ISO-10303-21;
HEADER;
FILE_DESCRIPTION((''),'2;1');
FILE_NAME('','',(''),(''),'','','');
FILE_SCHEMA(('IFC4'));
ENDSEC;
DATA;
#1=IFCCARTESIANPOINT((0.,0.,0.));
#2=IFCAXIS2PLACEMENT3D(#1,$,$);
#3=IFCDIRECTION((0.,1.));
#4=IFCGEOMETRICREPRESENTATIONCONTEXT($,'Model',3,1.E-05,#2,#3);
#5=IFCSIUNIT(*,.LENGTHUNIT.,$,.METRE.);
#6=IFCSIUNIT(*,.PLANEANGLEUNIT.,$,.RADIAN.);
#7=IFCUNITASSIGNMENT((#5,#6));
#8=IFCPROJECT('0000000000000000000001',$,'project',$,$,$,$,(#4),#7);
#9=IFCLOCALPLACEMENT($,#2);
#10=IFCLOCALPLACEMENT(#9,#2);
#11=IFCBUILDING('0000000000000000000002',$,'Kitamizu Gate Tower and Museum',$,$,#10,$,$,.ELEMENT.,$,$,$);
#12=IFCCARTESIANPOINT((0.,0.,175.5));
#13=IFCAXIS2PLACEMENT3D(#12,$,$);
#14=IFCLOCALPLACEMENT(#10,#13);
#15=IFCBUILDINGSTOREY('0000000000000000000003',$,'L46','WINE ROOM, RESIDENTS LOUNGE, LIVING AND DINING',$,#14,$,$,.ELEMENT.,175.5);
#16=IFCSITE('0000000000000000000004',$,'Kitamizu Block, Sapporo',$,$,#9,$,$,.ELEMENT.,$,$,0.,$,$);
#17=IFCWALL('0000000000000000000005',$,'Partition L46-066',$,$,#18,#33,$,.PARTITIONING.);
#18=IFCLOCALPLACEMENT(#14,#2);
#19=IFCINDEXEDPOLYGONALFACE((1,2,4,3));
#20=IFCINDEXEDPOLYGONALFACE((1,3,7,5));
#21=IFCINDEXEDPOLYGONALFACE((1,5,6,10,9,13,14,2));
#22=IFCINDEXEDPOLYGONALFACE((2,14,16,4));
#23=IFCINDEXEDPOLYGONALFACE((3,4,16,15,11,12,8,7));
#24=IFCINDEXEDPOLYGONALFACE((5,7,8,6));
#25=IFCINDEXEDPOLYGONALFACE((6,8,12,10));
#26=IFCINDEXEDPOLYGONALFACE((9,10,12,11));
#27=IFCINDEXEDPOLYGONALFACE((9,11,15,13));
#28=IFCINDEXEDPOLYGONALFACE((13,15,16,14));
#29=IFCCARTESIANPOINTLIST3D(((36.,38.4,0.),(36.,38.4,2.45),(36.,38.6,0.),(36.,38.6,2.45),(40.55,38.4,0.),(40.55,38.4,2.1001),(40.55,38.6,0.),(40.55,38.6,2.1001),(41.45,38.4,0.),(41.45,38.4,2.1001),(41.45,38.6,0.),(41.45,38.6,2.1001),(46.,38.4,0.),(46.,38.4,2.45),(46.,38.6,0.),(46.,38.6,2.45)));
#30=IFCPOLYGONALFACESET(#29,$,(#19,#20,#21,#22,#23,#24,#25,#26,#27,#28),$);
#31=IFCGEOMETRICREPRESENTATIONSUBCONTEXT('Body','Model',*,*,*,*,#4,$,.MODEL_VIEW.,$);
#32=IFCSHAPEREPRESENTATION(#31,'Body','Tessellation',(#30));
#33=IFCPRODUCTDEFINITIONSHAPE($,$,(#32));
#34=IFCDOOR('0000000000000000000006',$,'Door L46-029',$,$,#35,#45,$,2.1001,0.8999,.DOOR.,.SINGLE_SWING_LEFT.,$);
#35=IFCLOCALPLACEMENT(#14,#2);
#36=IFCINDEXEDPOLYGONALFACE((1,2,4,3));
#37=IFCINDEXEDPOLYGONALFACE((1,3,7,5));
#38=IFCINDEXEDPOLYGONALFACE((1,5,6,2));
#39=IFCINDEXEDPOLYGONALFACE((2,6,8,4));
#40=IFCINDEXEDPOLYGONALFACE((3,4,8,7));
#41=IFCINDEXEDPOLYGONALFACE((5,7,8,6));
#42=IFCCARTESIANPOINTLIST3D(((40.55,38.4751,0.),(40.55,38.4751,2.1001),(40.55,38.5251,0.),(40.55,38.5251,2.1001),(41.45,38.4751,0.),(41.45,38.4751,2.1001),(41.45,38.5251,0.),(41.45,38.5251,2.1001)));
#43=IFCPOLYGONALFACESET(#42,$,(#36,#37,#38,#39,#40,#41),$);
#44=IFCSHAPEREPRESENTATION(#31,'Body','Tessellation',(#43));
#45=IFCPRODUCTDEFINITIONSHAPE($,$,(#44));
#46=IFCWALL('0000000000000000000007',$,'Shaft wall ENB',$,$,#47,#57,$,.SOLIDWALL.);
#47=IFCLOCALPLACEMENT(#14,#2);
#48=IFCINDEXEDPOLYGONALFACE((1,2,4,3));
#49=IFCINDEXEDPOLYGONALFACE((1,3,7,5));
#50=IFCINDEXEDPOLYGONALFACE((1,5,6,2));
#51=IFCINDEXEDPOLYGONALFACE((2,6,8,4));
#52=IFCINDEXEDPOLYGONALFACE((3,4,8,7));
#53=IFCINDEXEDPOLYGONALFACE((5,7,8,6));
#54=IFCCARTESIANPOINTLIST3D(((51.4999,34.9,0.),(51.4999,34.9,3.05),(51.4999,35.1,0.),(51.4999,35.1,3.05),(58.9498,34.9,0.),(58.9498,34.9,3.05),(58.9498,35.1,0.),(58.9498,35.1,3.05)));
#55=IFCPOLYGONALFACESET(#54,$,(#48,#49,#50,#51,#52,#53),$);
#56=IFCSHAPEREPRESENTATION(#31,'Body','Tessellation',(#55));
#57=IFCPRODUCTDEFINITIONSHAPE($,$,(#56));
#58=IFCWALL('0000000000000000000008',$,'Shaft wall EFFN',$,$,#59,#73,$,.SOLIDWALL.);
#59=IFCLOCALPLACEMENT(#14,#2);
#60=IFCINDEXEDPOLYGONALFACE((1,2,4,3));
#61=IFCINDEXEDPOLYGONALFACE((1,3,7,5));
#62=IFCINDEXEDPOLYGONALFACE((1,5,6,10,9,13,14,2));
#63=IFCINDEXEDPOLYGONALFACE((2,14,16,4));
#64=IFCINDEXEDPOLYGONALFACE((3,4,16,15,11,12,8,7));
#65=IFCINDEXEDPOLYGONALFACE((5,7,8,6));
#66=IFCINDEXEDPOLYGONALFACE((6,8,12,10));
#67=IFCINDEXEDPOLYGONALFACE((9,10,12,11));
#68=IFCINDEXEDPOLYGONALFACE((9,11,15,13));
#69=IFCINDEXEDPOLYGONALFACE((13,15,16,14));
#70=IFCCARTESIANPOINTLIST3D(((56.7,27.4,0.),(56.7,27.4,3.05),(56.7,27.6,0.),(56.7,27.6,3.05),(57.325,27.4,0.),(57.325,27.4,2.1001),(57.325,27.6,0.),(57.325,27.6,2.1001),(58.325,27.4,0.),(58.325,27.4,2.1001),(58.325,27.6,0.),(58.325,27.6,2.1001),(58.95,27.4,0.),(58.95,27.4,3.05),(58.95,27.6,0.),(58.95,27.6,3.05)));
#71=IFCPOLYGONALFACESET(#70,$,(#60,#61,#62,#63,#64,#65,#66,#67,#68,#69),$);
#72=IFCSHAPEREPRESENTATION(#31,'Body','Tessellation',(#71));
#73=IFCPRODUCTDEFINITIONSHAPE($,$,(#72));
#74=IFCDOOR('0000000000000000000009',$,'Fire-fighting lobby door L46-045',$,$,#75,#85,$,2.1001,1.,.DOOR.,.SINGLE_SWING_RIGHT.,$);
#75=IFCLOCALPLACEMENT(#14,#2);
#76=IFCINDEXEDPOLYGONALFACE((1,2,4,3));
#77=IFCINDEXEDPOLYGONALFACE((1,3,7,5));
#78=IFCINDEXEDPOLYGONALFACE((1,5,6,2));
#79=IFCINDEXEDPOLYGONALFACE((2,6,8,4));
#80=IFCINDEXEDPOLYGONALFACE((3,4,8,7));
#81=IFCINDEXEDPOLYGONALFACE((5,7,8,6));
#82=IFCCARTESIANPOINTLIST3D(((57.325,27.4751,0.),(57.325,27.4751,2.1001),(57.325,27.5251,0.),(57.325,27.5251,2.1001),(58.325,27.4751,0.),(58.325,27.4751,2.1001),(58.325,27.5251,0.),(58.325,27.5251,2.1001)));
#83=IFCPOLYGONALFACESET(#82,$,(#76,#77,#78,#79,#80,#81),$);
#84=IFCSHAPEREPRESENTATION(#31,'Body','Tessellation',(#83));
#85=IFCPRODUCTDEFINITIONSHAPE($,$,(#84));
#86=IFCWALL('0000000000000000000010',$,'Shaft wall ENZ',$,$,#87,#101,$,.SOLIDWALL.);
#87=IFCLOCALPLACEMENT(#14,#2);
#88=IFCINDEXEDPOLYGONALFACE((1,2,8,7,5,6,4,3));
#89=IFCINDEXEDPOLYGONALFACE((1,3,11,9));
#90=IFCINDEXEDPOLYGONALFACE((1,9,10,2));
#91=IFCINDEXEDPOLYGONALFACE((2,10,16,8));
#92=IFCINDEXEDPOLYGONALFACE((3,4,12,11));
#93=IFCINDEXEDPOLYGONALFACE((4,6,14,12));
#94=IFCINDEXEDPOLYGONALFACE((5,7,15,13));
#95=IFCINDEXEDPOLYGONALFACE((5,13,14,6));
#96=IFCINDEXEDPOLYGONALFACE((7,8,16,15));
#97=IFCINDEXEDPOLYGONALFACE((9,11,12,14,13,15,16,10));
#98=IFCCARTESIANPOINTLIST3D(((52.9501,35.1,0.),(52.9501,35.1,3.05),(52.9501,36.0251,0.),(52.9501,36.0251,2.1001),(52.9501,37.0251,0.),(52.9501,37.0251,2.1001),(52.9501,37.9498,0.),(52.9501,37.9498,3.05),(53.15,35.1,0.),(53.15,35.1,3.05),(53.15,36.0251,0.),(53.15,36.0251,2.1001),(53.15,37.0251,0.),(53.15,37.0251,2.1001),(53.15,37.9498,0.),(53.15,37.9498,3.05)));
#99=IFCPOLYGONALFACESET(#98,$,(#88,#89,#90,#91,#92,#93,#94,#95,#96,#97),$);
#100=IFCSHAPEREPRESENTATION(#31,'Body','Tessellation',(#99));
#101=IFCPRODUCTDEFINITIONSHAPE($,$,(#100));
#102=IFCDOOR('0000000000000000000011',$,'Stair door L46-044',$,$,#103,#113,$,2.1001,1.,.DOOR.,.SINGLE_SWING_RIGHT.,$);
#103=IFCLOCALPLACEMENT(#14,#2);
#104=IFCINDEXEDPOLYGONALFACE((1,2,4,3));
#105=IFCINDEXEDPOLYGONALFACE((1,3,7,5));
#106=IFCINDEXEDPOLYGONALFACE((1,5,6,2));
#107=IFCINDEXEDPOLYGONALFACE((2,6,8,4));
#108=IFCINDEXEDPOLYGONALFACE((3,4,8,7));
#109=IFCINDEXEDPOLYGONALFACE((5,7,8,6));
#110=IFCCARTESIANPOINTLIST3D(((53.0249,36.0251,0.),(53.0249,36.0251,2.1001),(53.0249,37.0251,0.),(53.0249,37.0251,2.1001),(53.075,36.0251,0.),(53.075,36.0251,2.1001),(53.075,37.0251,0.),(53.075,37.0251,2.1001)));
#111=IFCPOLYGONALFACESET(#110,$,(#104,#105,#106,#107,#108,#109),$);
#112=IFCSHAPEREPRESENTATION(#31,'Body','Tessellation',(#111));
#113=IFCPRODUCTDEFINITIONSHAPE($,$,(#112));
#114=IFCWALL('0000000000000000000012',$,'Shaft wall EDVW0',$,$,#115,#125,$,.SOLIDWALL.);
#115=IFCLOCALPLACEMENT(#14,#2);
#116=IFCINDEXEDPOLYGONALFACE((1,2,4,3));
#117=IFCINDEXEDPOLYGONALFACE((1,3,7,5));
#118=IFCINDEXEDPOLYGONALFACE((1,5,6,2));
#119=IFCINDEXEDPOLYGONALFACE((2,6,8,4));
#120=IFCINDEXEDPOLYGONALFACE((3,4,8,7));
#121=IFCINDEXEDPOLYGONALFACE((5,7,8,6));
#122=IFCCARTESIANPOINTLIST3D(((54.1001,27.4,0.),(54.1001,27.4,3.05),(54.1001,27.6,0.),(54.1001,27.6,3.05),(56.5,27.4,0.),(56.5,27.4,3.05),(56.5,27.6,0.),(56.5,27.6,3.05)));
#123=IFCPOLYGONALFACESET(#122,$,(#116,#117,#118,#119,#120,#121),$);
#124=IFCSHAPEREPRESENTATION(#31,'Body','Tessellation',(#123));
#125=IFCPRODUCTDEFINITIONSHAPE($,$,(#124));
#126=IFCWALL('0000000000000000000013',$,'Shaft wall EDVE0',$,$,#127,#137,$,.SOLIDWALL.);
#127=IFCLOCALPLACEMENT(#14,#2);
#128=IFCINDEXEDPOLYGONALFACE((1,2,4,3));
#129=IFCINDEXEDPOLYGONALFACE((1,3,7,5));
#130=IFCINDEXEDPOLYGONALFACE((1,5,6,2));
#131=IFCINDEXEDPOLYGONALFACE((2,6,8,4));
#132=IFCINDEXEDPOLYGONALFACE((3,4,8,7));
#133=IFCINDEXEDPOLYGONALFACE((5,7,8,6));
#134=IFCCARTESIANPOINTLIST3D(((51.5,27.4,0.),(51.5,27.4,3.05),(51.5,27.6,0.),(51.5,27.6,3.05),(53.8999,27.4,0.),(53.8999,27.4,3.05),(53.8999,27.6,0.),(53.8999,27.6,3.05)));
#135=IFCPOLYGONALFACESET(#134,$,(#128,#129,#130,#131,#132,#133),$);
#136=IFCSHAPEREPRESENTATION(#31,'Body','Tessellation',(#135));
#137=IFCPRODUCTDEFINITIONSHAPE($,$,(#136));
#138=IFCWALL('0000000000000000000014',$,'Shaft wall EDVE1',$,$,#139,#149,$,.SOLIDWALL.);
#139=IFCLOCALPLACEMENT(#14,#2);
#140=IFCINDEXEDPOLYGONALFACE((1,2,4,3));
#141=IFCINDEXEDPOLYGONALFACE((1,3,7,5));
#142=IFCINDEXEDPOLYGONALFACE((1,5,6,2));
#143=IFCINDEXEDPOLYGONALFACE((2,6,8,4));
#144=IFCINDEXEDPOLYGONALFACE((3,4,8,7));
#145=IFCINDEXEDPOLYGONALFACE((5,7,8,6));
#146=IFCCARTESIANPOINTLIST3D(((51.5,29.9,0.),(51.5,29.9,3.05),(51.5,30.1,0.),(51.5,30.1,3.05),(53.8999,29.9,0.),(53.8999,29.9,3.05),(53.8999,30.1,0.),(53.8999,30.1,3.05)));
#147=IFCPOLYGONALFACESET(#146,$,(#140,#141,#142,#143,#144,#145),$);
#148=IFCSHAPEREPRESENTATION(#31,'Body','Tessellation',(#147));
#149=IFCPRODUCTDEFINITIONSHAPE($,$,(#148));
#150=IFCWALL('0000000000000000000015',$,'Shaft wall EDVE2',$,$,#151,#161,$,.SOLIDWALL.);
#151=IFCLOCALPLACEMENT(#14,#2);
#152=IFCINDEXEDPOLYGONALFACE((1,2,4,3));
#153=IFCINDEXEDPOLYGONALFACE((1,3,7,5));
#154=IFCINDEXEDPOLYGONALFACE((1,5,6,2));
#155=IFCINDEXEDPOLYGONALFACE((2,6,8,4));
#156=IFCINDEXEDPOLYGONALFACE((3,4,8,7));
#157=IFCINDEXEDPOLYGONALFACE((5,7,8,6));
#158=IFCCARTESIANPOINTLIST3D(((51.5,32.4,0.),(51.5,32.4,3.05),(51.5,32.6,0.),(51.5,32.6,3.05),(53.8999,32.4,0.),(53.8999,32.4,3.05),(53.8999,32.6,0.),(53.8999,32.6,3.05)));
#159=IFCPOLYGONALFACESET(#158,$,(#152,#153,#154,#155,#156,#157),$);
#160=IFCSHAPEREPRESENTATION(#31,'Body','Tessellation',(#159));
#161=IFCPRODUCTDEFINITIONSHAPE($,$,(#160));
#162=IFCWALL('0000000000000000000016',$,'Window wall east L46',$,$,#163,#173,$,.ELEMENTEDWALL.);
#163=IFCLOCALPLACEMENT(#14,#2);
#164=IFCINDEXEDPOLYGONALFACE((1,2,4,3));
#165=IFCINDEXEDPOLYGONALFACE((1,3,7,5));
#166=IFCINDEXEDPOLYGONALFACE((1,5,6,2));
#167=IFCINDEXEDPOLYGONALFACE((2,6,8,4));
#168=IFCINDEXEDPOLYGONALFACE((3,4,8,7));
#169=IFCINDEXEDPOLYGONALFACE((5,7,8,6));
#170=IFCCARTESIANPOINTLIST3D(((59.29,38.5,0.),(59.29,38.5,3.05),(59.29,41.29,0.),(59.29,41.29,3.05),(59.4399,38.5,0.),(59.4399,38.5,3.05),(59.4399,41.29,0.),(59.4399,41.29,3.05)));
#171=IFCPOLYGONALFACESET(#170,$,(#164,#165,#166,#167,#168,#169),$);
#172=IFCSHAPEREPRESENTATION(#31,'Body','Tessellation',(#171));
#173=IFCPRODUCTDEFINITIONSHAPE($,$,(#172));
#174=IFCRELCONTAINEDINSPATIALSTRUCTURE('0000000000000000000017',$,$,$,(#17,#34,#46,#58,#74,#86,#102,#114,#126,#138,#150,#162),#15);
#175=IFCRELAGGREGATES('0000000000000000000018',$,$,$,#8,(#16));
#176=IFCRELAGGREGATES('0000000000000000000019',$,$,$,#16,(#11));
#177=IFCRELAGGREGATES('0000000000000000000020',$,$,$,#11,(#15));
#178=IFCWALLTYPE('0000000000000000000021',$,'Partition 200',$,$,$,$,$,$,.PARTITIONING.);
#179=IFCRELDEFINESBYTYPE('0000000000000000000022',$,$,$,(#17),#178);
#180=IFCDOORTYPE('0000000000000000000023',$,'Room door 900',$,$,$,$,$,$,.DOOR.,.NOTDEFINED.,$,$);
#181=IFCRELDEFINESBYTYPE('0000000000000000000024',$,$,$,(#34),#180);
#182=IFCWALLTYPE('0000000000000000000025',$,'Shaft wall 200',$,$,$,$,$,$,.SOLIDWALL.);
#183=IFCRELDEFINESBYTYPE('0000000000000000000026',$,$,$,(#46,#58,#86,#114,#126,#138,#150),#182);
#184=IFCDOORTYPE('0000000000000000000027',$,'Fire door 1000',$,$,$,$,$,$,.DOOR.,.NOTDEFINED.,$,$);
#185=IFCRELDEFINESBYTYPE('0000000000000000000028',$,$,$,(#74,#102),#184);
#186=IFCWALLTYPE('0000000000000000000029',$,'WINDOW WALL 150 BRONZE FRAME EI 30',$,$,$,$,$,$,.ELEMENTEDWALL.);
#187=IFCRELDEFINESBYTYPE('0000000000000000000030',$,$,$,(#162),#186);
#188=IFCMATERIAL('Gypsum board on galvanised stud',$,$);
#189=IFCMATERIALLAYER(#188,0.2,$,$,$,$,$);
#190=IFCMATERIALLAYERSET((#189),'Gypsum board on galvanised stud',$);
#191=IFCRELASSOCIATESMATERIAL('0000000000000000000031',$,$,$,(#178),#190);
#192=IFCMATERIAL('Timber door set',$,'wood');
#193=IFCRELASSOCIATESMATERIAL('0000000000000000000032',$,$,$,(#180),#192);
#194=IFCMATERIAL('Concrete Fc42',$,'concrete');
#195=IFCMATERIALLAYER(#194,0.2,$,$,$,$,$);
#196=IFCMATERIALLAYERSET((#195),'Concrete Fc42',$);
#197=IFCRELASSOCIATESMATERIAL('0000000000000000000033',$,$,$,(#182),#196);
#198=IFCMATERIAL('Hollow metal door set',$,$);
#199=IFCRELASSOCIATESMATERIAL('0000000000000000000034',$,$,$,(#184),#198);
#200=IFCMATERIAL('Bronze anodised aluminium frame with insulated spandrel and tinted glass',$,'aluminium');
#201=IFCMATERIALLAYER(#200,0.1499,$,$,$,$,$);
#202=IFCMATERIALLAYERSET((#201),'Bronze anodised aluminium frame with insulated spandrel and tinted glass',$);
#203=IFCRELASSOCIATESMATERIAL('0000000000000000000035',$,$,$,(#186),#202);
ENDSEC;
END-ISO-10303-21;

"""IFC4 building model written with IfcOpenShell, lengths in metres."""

from ifc_helpers import new_model, si_unit, direction, frame, frame_2d, origin, place, context, subcontext, project, spatial, rectangle, extrude, material, layer, layer_set, type_object, element, fill, save


model = new_model("IFC4")

# Units and contexts
model_context = context("Model", 3, precision=1e-05, world=origin(), true_north=direction((0.0, 1.0)))
body_context = subcontext(model_context, "Body", "Model", "MODEL_VIEW")
ifc_project = project(units=[si_unit("LENGTHUNIT", "METRE"), si_unit("PLANEANGLEUNIT", "RADIAN")], contexts=[model_context])

# Site, building, storey
site_placement = place(None, origin())
site = spatial("IfcSite", under=ifc_project, at=site_placement, Name="Kitamizu Block, Sapporo", CompositionType="ELEMENT", RefElevation=0.0)
building_placement = place(site_placement, origin())
building = spatial("IfcBuilding", under=site, at=building_placement, Name="Kitamizu Gate Tower and Museum", CompositionType="ELEMENT")
storey_placement = place(building_placement, frame((0.0, 0.0, 175.5)))
storey = spatial("IfcBuildingStorey", under=building, at=storey_placement, Name="L46", Description="WINE ROOM, RESIDENTS LOUNGE, LIVING AND DINING", CompositionType="ELEMENT", Elevation=175.5)

# Shared definitions
ifc_material_1 = material(Name="Gypsum board on galvanised stud")
ifc_layer_1 = layer(ifc_material_1, 0.2)
ifc_layer_set_1 = layer_set([ifc_layer_1], Name="Gypsum board on galvanised stud")
wall_type_1 = type_object("IfcWallType", Name="Partition 200", PredefinedType="PARTITIONING", material=ifc_layer_set_1)

# Shared definitions
ifc_material_2 = material(Name="Timber door set", Category="wood")
door_type_1 = type_object("IfcDoorType", Name="Room door 900", OperationType="NOTDEFINED", PredefinedType="DOOR", material=ifc_material_2)

# Wall, opening, door
wall_1_placement = place(storey_placement, frame((46.0, 38.5, 0.0), z_axis=(0.0, 0.0, 1.0), x_axis=(-1.0, 0.0, 0.0)))
wall_1 = element("IfcWall", 1, at=wall_1_placement, inside=storey, type_object=wall_type_1, Name="Partition L46-066", PredefinedType="PARTITIONING", context=body_context, shape_type="SweptSolid", body=[
    extrude(rectangle(XDim=10.0, YDim=0.2, at=frame_2d((5.0, 0.0))), origin(), (0.0, 0.0, 1.0), 2.45),
])
opening_1_placement = place(wall_1_placement, frame((4.55, 0.0, 0.0)))
opening_1 = element("IfcOpeningElement", 2, at=opening_1_placement, cuts=wall_1, PredefinedType="OPENING", context=body_context, shape_type="SweptSolid", body=[
    extrude(rectangle(XDim=0.8999, YDim=2.1001, at=frame_2d((0.45, 1.05))), frame((0.0, 0.1099, 0.0), z_axis=(0.0, -1.0, 0.0), x_axis=(1.0, 0.0, 0.0)), (0.0, 0.0, 1.0), 0.22),
])
door_1_placement = place(opening_1_placement, origin())
door_1 = element("IfcDoor", 3, at=door_1_placement, inside=storey, type_object=door_type_1, Name="Door L46-029", OperationType="SINGLE_SWING_LEFT", OverallHeight=2.1001, OverallWidth=0.8999, PredefinedType="DOOR", context=body_context, shape_type="SweptSolid", body=[
    extrude(rectangle(XDim=0.8999, YDim=2.1001, at=frame_2d((0.45, 1.05))), frame((0.0, 0.0249, 0.0), z_axis=(0.0, -1.0, 0.0), x_axis=(1.0, 0.0, 0.0)), (0.0, 0.0, 1.0), 0.05),
])
fill(opening_1, door_1)

# Wall
ifc_material_3 = material(Name="Concrete Fc42", Category="concrete")
ifc_layer_2 = layer(ifc_material_3, 0.2)
ifc_layer_set_2 = layer_set([ifc_layer_2], Name="Concrete Fc42")
wall_type_2 = type_object("IfcWallType", Name="Shaft wall 200", PredefinedType="SOLIDWALL", material=ifc_layer_set_2)
wall_2_placement = place(storey_placement, frame((58.95, 35.0, 0.0), z_axis=(0.0, 0.0, 1.0), x_axis=(-1.0, 0.0, 0.0)))
element("IfcWall", 4, at=wall_2_placement, inside=storey, type_object=wall_type_2, Name="Shaft wall ENB", PredefinedType="SOLIDWALL", context=body_context, shape_type="SweptSolid", body=[
    extrude(rectangle(XDim=7.45, YDim=0.2, at=frame_2d((3.7251, 0.0))), origin(), (0.0, 0.0, 1.0), 3.05),
])

# Walls, openings, doors
wall_3_placement = place(storey_placement, frame((58.95, 27.5, 0.0), z_axis=(0.0, 0.0, 1.0), x_axis=(-1.0, 0.0, 0.0)))
wall_3 = element("IfcWall", 5, at=wall_3_placement, inside=storey, type_object=wall_type_2, Name="Shaft wall EFFN", PredefinedType="SOLIDWALL", context=body_context, shape_type="SweptSolid", body=[
    extrude(rectangle(XDim=2.25, YDim=0.2, at=frame_2d((1.125, 0.0))), origin(), (0.0, 0.0, 1.0), 3.05),
])
opening_2_placement = place(wall_3_placement, frame((0.625, 0.0, 0.0)))
opening_2 = element("IfcOpeningElement", 6, at=opening_2_placement, cuts=wall_3, PredefinedType="OPENING", context=body_context, shape_type="SweptSolid", body=[
    extrude(rectangle(XDim=1.0, YDim=2.1001, at=frame_2d((0.5, 1.05))), frame((0.0, 0.1099, 0.0), z_axis=(0.0, -1.0, 0.0), x_axis=(1.0, 0.0, 0.0)), (0.0, 0.0, 1.0), 0.22),
])
ifc_material_4 = material(Name="Hollow metal door set")
door_type_2 = type_object("IfcDoorType", Name="Fire door 1000", OperationType="NOTDEFINED", PredefinedType="DOOR", material=ifc_material_4)
door_2_placement = place(opening_2_placement, origin())
door_2 = element("IfcDoor", 7, at=door_2_placement, inside=storey, type_object=door_type_2, Name="Fire-fighting lobby door L46-045", OperationType="SINGLE_SWING_RIGHT", OverallHeight=2.1001, OverallWidth=1.0, PredefinedType="DOOR", context=body_context, shape_type="SweptSolid", body=[
    extrude(rectangle(XDim=1.0, YDim=2.1001, at=frame_2d((0.5, 1.05))), frame((0.0, 0.0249, 0.0), z_axis=(0.0, -1.0, 0.0), x_axis=(1.0, 0.0, 0.0)), (0.0, 0.0, 1.0), 0.05),
])
fill(opening_2, door_2)
wall_4_placement = place(storey_placement, frame((53.05, 35.1001, 0.0), z_axis=(0.0, 0.0, 1.0), x_axis=(0.0, 1.0, 0.0)))
wall_4 = element("IfcWall", 8, at=wall_4_placement, inside=storey, type_object=wall_type_2, Name="Shaft wall ENZ", PredefinedType="SOLIDWALL", context=body_context, shape_type="SweptSolid", body=[
    extrude(rectangle(XDim=2.8499, YDim=0.2, at=frame_2d((1.4248, 0.0))), origin(), (0.0, 0.0, 1.0), 3.05),
])
opening_3_placement = place(wall_4_placement, frame((0.925, 0.0, 0.0)))
opening_3 = element("IfcOpeningElement", 9, at=opening_3_placement, cuts=wall_4, PredefinedType="OPENING", context=body_context, shape_type="SweptSolid", body=[
    extrude(rectangle(XDim=1.0, YDim=2.1001, at=frame_2d((0.5, 1.05))), frame((0.0, 0.1099, 0.0), z_axis=(0.0, -1.0, 0.0), x_axis=(1.0, 0.0, 0.0)), (0.0, 0.0, 1.0), 0.22),
])
door_3_placement = place(opening_3_placement, frame((1.0, 0.0, 0.0), x_axis=(-1.0, 0.0, 0.0)))
door_3 = element("IfcDoor", 10, at=door_3_placement, inside=storey, type_object=door_type_2, Name="Stair door L46-044", OperationType="SINGLE_SWING_RIGHT", OverallHeight=2.1001, OverallWidth=1.0, PredefinedType="DOOR", context=body_context, shape_type="SweptSolid", body=[
    extrude(rectangle(XDim=1.0, YDim=2.1001, at=frame_2d((0.5, 1.05))), frame((0.0, 0.0249, 0.0), z_axis=(0.0, -1.0, 0.0), x_axis=(1.0, 0.0, 0.0)), (0.0, 0.0, 1.0), 0.05),
])
fill(opening_3, door_3)

# Walls
for number, where, z_axis, x_axis, name in (
    (11, (56.5, 27.5, 0.0), (0.0, 0.0, 1.0), (-1.0, 0.0, 0.0), "Shaft wall EDVW0"),
    (12, (53.8999, 27.5, 0.0), (0.0, 0.0, 1.0), (-1.0, 0.0, 0.0), "Shaft wall EDVE0"),
    (13, (53.8999, 30.0, 0.0), (0.0, 0.0, 1.0), (-1.0, 0.0, 0.0), "Shaft wall EDVE1"),
    (14, (53.8999, 32.5, 0.0), (0.0, 0.0, 1.0), (-1.0, 0.0, 0.0), "Shaft wall EDVE2"),
):
    element("IfcWall", number, at=place(storey_placement, frame(where, z_axis=z_axis, x_axis=x_axis)), inside=storey, type_object=wall_type_2, Name=name, PredefinedType="SOLIDWALL", context=body_context, shape_type="SweptSolid", body=[
        extrude(rectangle(XDim=2.3999, YDim=0.2, at=frame_2d((1.2, 0.0))), origin(), (0.0, 0.0, 1.0), 3.05),
    ])
ifc_material_5 = material(Name="Bronze anodised aluminium frame with insulated spandrel and tinted glass", Category="aluminium")
ifc_layer_3 = layer(ifc_material_5, 0.1499)
ifc_layer_set_3 = layer_set([ifc_layer_3], Name="Bronze anodised aluminium frame with insulated spandrel and tinted glass")
wall_type_3 = type_object("IfcWallType", Name="WINDOW WALL 150 BRONZE FRAME EI 30", PredefinedType="ELEMENTEDWALL", material=ifc_layer_set_3)
wall_5_placement = place(storey_placement, frame((59.365, 38.5, 0.0), z_axis=(0.0, 0.0, 1.0), x_axis=(0.0, 1.0, 0.0)))
element("IfcWall", 15, at=wall_5_placement, inside=storey, type_object=wall_type_3, Name="Window wall east L46", PredefinedType="ELEMENTEDWALL", context=body_context, shape_type="SweptSolid", body=[
    extrude(rectangle(XDim=2.79, YDim=0.1499, at=frame_2d((1.395, 0.0))), origin(), (0.0, 0.0, 1.0), 3.05),
])

save(model, "model.ifc")
